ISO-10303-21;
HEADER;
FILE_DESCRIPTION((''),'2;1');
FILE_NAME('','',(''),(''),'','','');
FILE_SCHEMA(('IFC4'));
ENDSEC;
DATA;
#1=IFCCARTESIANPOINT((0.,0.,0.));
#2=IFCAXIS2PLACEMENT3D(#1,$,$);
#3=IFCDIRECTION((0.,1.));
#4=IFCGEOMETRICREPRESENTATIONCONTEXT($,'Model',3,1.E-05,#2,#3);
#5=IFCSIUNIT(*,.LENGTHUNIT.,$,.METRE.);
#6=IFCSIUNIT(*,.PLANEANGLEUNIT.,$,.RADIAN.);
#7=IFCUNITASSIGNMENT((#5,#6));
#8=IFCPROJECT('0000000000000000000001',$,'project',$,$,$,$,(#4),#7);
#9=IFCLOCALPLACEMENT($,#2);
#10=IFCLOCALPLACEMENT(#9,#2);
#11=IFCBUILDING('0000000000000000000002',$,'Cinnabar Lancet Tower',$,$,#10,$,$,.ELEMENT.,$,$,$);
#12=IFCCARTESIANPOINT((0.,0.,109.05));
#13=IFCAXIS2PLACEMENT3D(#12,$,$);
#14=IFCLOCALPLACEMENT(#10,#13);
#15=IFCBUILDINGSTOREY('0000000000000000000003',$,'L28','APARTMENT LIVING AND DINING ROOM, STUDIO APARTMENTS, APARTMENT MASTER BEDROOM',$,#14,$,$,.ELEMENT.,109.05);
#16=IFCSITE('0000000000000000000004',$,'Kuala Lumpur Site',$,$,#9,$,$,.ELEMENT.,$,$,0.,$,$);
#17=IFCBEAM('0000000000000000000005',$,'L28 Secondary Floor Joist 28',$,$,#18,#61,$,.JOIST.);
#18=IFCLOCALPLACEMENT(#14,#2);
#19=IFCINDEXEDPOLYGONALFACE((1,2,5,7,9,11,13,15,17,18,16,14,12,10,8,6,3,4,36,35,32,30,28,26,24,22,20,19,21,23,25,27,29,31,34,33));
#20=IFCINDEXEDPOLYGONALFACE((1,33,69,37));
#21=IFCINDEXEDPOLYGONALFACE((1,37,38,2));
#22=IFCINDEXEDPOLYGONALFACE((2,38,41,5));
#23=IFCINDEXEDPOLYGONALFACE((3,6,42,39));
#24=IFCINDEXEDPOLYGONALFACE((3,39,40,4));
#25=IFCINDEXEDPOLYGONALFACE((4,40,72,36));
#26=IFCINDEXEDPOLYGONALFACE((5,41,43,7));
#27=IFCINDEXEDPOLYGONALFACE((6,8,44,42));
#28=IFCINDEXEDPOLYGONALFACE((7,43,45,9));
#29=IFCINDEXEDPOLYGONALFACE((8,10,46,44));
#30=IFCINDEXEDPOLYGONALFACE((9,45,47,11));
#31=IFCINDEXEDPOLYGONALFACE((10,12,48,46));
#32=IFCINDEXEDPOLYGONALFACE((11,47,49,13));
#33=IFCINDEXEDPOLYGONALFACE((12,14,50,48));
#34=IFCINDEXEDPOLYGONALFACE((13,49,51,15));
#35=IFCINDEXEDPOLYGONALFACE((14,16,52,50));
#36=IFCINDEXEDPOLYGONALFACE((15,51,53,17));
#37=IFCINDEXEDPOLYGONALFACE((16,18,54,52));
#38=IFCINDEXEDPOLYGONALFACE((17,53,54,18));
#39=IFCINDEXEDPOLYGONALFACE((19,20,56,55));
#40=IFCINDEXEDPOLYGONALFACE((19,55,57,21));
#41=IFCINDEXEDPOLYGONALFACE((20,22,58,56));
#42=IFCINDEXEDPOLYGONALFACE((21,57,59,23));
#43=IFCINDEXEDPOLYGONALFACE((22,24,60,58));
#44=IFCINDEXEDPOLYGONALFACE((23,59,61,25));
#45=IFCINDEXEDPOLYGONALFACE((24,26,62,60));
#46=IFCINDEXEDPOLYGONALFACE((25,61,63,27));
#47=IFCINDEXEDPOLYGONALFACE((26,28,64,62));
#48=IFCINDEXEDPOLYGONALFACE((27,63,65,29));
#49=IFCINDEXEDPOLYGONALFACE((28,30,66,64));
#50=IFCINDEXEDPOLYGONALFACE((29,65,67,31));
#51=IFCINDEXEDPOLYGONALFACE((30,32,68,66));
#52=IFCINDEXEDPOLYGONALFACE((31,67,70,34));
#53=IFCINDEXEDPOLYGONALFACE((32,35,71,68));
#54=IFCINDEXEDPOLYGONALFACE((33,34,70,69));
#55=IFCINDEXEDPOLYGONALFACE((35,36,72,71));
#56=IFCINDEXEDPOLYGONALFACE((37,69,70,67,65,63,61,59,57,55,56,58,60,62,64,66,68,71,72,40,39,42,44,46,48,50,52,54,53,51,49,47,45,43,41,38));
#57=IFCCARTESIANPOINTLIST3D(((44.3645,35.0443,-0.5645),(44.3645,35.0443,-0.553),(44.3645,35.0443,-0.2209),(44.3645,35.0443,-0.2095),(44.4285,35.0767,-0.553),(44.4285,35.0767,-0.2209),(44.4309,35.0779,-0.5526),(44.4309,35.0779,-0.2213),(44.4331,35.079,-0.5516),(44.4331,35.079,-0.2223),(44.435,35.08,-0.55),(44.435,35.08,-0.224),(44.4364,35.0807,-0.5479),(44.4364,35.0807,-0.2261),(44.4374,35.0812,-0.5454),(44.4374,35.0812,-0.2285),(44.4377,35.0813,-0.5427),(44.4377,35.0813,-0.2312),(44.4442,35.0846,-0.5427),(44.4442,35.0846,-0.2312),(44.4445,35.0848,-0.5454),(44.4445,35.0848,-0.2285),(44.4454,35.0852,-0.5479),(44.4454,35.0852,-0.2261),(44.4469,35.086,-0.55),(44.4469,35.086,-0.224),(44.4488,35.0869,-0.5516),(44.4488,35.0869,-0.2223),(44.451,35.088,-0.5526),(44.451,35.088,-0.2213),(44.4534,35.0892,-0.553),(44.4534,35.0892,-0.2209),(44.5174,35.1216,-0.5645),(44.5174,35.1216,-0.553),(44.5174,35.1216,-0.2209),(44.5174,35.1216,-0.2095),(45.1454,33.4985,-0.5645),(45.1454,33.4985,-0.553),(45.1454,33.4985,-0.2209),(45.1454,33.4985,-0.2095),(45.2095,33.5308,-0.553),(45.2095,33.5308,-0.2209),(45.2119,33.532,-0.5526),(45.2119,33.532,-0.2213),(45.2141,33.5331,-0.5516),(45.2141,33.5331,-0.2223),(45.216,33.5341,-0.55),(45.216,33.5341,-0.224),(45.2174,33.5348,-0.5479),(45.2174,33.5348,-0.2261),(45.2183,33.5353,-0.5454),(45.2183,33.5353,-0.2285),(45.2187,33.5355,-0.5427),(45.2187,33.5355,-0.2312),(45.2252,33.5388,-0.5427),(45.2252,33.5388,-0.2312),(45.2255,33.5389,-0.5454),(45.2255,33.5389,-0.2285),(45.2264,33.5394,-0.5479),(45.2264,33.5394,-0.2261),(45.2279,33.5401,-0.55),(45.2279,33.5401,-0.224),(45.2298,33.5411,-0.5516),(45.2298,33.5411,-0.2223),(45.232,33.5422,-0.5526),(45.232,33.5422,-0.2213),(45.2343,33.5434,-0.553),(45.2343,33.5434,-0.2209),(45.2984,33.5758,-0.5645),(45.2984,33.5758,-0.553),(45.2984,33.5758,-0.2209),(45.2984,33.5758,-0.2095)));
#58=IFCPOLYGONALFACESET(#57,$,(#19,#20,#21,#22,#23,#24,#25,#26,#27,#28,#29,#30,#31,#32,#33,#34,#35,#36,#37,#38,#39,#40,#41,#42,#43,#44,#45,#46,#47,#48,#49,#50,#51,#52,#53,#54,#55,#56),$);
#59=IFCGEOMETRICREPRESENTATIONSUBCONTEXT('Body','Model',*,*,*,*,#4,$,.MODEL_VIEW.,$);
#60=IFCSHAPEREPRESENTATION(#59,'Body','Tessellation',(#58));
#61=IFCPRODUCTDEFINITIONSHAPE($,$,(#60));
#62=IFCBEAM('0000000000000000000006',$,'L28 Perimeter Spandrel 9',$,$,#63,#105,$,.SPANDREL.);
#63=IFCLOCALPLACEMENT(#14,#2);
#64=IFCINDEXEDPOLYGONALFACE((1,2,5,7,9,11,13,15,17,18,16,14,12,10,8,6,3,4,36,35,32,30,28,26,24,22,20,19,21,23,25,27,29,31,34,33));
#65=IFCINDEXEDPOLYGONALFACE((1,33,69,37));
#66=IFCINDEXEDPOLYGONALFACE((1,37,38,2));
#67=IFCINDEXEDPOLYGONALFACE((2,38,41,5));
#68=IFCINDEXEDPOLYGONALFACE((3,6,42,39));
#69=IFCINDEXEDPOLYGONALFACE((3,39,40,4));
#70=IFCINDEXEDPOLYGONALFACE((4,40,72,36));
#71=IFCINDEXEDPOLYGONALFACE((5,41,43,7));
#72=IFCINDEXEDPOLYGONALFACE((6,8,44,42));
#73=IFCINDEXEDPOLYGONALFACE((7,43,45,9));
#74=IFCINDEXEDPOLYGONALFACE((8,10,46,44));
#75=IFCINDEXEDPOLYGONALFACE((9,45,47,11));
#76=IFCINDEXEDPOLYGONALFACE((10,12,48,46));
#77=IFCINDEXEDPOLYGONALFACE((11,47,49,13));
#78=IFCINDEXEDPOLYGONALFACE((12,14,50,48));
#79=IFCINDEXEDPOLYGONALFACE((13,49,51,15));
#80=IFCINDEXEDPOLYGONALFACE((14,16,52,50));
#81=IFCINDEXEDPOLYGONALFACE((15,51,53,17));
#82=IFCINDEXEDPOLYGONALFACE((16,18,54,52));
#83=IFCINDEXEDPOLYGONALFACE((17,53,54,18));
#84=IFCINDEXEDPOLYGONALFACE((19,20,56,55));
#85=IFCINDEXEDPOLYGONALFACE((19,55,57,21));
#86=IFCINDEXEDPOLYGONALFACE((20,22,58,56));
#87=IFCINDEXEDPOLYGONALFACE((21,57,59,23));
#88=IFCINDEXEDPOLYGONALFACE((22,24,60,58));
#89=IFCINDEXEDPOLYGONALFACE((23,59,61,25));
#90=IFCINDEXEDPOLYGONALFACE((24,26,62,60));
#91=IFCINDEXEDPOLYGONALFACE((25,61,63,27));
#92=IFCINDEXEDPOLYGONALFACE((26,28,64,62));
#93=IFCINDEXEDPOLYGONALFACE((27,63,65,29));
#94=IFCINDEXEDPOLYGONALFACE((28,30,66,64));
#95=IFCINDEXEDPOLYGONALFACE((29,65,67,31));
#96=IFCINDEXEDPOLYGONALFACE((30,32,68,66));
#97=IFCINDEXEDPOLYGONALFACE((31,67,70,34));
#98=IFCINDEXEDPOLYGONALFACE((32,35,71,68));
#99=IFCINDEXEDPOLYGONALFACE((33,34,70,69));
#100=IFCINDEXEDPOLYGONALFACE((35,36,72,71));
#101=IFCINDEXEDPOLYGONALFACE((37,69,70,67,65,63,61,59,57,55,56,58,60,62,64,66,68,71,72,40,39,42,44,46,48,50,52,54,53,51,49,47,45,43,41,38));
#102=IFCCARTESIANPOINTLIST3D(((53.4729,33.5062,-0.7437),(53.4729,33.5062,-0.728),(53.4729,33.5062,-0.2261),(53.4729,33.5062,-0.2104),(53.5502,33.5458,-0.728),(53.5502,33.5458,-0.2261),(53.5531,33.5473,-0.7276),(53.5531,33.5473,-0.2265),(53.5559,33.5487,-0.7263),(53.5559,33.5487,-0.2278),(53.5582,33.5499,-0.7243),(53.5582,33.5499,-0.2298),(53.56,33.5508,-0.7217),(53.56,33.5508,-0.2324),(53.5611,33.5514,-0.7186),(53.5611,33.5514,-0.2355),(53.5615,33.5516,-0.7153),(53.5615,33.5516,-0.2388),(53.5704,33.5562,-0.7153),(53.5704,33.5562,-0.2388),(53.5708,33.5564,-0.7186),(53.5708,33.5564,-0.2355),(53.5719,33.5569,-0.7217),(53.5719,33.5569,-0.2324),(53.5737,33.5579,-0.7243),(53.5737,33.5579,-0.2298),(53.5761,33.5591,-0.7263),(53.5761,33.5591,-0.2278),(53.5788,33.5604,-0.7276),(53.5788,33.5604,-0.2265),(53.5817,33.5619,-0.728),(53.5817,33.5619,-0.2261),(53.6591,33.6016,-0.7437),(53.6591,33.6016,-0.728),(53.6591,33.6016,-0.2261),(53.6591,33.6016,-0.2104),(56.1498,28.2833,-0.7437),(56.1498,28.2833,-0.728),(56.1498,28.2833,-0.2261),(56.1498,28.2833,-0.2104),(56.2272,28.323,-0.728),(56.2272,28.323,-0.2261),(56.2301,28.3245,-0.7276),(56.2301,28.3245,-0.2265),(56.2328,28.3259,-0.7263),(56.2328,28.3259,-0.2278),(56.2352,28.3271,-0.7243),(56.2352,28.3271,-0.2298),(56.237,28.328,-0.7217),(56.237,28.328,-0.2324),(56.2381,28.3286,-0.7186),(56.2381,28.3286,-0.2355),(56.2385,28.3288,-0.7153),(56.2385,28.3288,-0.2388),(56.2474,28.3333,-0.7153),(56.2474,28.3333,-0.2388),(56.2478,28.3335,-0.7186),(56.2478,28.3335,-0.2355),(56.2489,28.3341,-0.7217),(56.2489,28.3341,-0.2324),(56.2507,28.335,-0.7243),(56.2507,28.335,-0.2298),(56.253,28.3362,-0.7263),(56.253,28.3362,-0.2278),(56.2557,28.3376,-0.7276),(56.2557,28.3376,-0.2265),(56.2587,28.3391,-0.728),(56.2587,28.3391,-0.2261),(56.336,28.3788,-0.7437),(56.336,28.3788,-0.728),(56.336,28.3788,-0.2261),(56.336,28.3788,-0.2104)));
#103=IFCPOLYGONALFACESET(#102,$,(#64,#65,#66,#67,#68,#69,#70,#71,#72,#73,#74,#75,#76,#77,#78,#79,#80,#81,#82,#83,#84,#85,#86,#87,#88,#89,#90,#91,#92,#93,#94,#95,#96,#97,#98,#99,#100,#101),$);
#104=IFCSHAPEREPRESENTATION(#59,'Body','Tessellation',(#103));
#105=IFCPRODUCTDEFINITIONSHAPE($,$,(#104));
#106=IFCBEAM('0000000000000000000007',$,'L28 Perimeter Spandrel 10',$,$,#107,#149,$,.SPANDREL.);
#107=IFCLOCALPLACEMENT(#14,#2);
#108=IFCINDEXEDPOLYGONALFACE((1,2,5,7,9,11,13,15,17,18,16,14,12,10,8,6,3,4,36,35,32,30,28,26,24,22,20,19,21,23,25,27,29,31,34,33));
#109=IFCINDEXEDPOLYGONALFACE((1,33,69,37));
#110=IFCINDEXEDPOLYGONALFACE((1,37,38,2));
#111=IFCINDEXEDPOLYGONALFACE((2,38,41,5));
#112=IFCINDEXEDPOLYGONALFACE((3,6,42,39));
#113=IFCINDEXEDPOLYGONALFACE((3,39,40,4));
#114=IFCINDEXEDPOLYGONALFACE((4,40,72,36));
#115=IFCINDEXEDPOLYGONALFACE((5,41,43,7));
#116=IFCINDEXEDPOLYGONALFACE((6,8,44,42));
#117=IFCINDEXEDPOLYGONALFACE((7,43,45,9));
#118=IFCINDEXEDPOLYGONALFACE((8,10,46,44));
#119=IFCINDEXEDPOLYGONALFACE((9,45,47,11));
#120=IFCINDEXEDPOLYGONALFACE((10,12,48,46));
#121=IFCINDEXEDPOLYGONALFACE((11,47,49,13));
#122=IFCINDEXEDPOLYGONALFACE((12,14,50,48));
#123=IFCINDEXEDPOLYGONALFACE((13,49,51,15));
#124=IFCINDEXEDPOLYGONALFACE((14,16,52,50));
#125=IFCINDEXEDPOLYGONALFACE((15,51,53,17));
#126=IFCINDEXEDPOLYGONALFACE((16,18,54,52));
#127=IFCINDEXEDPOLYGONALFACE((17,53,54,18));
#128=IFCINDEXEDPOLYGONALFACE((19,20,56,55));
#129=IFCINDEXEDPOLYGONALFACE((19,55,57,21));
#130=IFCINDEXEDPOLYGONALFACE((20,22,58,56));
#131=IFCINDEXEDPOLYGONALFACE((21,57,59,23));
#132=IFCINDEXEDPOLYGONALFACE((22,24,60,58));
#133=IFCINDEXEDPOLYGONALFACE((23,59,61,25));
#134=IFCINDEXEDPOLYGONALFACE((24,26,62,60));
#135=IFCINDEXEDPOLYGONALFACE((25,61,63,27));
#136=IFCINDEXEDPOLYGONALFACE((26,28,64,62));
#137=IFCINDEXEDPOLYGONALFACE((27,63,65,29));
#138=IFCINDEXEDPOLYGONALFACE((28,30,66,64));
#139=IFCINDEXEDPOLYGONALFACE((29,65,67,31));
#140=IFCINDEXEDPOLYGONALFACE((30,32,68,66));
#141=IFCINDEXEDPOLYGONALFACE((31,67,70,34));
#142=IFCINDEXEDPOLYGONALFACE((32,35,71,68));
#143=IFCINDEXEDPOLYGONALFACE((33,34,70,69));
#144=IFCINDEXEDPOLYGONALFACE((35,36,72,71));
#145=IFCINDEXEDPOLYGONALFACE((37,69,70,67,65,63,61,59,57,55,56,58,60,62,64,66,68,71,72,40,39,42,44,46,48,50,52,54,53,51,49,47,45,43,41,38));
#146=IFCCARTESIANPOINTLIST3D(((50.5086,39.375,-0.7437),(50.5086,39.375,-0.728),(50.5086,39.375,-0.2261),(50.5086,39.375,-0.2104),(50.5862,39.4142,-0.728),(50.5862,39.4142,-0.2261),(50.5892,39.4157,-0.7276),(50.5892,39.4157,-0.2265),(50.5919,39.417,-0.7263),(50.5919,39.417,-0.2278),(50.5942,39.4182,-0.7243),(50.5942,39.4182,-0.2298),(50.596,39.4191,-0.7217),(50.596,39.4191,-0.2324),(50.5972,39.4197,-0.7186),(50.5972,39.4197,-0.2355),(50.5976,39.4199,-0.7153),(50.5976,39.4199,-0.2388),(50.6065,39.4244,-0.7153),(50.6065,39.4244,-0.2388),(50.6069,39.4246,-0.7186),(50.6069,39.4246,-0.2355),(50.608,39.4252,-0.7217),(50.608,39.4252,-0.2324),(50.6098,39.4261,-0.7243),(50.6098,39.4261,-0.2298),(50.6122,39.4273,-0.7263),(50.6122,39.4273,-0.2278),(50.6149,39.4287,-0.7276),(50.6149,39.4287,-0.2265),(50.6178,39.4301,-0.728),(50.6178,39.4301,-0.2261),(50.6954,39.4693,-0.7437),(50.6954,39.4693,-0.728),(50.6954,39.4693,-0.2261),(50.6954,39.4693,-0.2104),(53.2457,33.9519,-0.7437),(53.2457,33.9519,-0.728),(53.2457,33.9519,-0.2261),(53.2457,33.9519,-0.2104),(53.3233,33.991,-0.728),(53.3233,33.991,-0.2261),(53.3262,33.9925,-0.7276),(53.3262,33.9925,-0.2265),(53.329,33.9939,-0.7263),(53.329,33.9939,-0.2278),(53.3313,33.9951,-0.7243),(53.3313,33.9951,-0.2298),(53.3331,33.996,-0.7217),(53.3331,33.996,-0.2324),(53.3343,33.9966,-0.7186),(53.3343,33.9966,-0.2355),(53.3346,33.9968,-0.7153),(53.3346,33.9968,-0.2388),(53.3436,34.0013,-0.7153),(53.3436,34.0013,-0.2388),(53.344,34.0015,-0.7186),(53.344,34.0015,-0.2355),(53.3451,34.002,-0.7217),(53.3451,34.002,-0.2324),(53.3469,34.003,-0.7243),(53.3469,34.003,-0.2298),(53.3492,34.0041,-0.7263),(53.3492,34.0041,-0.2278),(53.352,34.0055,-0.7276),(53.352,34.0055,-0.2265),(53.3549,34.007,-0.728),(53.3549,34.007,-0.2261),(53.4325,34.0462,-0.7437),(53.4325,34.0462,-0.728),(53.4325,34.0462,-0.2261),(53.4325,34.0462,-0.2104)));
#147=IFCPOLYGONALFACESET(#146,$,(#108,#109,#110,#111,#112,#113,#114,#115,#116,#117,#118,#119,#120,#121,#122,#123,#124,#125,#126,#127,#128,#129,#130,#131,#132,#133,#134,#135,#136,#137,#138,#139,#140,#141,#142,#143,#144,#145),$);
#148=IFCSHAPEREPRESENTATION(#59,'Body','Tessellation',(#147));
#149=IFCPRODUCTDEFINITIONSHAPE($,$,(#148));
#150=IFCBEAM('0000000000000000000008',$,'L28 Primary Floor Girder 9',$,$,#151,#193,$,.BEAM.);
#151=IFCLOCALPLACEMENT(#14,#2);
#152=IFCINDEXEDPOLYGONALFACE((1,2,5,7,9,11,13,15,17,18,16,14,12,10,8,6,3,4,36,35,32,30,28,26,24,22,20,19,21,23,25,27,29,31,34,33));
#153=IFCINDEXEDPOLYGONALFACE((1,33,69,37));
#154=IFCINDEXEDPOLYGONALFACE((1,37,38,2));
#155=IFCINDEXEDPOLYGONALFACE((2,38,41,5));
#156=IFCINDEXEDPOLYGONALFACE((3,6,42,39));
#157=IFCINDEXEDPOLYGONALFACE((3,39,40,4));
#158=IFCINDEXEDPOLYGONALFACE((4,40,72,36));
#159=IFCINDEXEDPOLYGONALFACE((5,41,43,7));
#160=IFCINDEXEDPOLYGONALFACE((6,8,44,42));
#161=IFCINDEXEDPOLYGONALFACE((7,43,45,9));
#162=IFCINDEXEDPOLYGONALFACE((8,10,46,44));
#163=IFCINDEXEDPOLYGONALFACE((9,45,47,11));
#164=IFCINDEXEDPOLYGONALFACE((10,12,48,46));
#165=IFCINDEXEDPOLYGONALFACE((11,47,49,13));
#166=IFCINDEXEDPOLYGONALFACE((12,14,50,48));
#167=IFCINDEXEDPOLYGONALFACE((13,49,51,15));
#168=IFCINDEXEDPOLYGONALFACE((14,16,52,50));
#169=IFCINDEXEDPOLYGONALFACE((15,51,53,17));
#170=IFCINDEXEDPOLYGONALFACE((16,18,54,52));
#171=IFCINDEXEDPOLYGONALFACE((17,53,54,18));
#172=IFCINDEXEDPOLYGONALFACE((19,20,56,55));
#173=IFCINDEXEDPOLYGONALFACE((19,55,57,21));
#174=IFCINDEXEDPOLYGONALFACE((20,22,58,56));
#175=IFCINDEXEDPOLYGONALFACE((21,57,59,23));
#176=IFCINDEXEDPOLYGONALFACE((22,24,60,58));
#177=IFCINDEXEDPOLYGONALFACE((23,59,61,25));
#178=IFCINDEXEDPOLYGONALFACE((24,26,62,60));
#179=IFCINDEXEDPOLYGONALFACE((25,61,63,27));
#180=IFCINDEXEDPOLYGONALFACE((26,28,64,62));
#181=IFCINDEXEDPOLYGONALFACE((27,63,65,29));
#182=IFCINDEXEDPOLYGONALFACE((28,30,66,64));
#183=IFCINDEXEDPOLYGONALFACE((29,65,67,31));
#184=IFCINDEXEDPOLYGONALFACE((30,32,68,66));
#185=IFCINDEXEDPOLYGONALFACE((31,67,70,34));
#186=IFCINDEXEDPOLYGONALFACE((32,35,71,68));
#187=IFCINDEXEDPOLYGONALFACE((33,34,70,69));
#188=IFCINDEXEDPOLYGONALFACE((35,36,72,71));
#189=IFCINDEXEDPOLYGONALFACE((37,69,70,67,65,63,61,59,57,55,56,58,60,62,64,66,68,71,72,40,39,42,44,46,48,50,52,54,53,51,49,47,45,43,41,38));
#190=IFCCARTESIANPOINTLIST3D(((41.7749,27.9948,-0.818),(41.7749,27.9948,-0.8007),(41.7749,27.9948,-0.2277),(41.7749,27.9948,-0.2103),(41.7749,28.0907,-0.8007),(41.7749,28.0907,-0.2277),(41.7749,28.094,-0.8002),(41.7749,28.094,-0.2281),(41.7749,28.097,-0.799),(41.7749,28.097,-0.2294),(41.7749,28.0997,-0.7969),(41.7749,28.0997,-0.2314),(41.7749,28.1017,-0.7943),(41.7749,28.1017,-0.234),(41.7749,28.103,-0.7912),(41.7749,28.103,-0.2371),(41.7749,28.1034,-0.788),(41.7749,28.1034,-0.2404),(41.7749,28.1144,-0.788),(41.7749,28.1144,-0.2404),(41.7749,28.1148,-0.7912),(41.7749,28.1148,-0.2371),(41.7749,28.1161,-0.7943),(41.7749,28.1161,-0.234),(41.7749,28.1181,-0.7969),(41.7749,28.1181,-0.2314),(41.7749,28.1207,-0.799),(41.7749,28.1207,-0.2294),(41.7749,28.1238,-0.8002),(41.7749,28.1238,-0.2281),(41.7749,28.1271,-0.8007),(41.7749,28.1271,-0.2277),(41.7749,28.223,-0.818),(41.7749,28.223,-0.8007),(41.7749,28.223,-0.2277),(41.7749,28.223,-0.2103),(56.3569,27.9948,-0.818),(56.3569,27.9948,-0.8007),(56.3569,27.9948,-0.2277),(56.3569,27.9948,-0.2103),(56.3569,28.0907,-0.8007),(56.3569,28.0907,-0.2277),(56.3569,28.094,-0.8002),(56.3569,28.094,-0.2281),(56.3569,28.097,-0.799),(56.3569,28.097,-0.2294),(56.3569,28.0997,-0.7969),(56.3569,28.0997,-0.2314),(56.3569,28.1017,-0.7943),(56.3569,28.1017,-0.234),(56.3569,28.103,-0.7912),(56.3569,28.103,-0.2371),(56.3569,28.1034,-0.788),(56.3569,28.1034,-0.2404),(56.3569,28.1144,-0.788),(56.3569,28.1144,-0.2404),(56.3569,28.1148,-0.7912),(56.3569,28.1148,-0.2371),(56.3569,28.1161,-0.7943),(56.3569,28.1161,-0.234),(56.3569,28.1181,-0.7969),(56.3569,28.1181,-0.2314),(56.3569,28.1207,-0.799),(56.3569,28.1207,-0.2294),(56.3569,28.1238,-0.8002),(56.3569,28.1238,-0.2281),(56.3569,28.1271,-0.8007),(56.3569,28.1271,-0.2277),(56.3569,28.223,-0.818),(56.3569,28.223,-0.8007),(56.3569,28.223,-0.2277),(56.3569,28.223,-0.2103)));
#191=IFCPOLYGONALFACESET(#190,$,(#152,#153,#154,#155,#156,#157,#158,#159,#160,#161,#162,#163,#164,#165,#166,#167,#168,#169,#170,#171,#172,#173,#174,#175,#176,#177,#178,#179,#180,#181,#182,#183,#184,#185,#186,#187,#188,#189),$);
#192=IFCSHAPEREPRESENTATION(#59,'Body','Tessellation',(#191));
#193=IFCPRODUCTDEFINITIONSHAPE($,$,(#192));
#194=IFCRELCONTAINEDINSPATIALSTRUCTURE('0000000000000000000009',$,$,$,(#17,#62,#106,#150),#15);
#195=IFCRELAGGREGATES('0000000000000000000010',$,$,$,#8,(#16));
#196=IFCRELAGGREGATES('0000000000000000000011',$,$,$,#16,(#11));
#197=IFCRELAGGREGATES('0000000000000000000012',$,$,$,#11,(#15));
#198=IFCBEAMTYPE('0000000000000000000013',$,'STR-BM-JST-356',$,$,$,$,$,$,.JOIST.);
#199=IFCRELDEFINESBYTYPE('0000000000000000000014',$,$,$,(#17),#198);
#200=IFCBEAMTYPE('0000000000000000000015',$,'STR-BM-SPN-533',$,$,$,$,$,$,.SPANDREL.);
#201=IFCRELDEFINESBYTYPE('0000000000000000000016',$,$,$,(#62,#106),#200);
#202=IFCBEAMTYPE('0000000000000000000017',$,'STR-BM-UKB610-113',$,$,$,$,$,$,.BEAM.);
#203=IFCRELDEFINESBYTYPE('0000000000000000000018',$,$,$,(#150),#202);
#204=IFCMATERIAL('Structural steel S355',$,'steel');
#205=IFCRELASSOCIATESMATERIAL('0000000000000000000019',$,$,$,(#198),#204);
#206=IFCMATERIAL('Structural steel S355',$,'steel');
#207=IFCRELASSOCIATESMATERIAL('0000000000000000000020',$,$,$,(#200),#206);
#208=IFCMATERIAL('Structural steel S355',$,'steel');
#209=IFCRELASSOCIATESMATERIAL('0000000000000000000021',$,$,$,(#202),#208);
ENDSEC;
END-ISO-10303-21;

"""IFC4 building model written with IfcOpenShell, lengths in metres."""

from ifc_helpers import new_model, si_unit, direction, frame, origin, origin_2d, place, context, subcontext, project, spatial, i_section, extrude, material, material_profile, profile_set, type_object, element, save


model = new_model("IFC4")

# Units and contexts
model_context = context("Model", 3, precision=1e-05, world=origin(), true_north=direction((0.0, 1.0)))
body_context = subcontext(model_context, "Body", "Model", "MODEL_VIEW")
ifc_project = project(units=[si_unit("LENGTHUNIT", "METRE"), si_unit("PLANEANGLEUNIT", "RADIAN")], contexts=[model_context])

# Site, building, storey
site_placement = place(None, origin())
site = spatial("IfcSite", under=ifc_project, at=site_placement, Name="Kuala Lumpur Site", CompositionType="ELEMENT", RefElevation=0.0)
building_placement = place(site_placement, origin())
building = spatial("IfcBuilding", under=site, at=building_placement, Name="Cinnabar Lancet Tower", CompositionType="ELEMENT")
storey_placement = place(building_placement, frame((0.0, 0.0, 109.05)))
storey = spatial("IfcBuildingStorey", under=building, at=storey_placement, Name="L28", Description="APARTMENT LIVING AND DINING ROOM, STUDIO APARTMENTS, APARTMENT MASTER BEDROOM", CompositionType="ELEMENT", Elevation=109.05)

# Beams
ifc_material_1 = material(Name="Structural steel S355", Category="steel")
ifc_material_profile_1 = material_profile(ifc_material_1, i_section(OverallWidth=0.1714, OverallDepth=0.355, WebThickness=0.0073, FlangeThickness=0.0115, FilletRadius=0.0103, at=origin_2d()), Name="UKB 356x171x51")
ifc_profile_set_1 = profile_set([ifc_material_profile_1], Name="Structural steel S355")
beam_type_1 = type_object("IfcBeamType", Name="STR-BM-JST-356", PredefinedType="JOIST", material=ifc_profile_set_1)
beam_1_placement = place(storey_placement, frame((45.2219, 33.5371, -0.387), z_axis=(-0.450931, 0.892559, 0.0), x_axis=(-0.892559, -0.450931, 0.0)))
element("IfcBeam", 1, at=beam_1_placement, inside=storey, type_object=beam_type_1, Name="L28 Secondary Floor Joist 28", PredefinedType="JOIST", context=body_context, shape_type="SweptSolid", body=[
    extrude(i_section(OverallWidth=0.1714, OverallDepth=0.355, WebThickness=0.0073, FlangeThickness=0.0115, FilletRadius=0.0103, at=origin_2d()), origin(), (0.0, 0.0, 1.0), 1.7319),
])
ifc_material_2 = material(Name="Structural steel S355", Category="steel")
ifc_material_profile_2 = material_profile(ifc_material_2, i_section(OverallWidth=0.2092, OverallDepth=0.5332, WebThickness=0.01, FlangeThickness=0.0156, FilletRadius=0.0127, at=origin_2d()), Name="UKB 533x210x92")
ifc_profile_set_2 = profile_set([ifc_material_profile_2], Name="Structural steel S355")
beam_type_2 = type_object("IfcBeamType", Name="STR-BM-SPN-533", PredefinedType="SPANDREL", material=ifc_profile_set_2)
beam_2_placement = place(storey_placement, frame((56.2429, 28.3311, -0.4771), z_axis=(-0.456127, 0.889915, 0.0), x_axis=(-0.889915, -0.456127, 0.0)))
element("IfcBeam", 2, at=beam_2_placement, inside=storey, type_object=beam_type_2, Name="L28 Perimeter Spandrel 9", PredefinedType="SPANDREL", context=body_context, shape_type="SweptSolid", body=[
    extrude(i_section(OverallWidth=0.2092, OverallDepth=0.5332, WebThickness=0.01, FlangeThickness=0.0156, FilletRadius=0.0127, at=origin_2d()), origin(), (0.0, 0.0, 1.0), 5.8689),
])
beam_3_placement = place(storey_placement, frame((53.3391, 33.999, -0.4771), z_axis=(-0.45057, 0.892741, 0.0), x_axis=(-0.892741, -0.45057, 0.0)))
element("IfcBeam", 3, at=beam_3_placement, inside=storey, type_object=beam_type_2, Name="L28 Perimeter Spandrel 10", PredefinedType="SPANDREL", context=body_context, shape_type="SweptSolid", body=[
    extrude(i_section(OverallWidth=0.2092, OverallDepth=0.5332, WebThickness=0.01, FlangeThickness=0.0156, FilletRadius=0.0127, at=origin_2d()), origin(), (0.0, 0.0, 1.0), 6.0747),
])
ifc_material_3 = material(Name="Structural steel S355", Category="steel")
ifc_material_profile_3 = material_profile(ifc_material_3, i_section(OverallWidth=0.2283, OverallDepth=0.6077, WebThickness=0.011, FlangeThickness=0.0173, FilletRadius=0.0127, at=origin_2d()), Name="UKB 610x229x113")
ifc_profile_set_3 = profile_set([ifc_material_profile_3], Name="Structural steel S355")
beam_type_3 = type_object("IfcBeamType", Name="STR-BM-UKB610-113", PredefinedType="BEAM", material=ifc_profile_set_3)
beam_4_placement = place(storey_placement, frame((56.3569, 28.1089, -0.5142), z_axis=(-1.0, 0.0, 0.0), x_axis=(0.0, -1.0, 0.0)))
element("IfcBeam", 4, at=beam_4_placement, inside=storey, type_object=beam_type_3, Name="L28 Primary Floor Girder 9", PredefinedType="BEAM", context=body_context, shape_type="SweptSolid", body=[
    extrude(i_section(OverallWidth=0.2283, OverallDepth=0.6077, WebThickness=0.011, FlangeThickness=0.0173, FilletRadius=0.0127, at=origin_2d()), origin(), (0.0, 0.0, 1.0), 14.582),
])

save(model, "model.ifc")
